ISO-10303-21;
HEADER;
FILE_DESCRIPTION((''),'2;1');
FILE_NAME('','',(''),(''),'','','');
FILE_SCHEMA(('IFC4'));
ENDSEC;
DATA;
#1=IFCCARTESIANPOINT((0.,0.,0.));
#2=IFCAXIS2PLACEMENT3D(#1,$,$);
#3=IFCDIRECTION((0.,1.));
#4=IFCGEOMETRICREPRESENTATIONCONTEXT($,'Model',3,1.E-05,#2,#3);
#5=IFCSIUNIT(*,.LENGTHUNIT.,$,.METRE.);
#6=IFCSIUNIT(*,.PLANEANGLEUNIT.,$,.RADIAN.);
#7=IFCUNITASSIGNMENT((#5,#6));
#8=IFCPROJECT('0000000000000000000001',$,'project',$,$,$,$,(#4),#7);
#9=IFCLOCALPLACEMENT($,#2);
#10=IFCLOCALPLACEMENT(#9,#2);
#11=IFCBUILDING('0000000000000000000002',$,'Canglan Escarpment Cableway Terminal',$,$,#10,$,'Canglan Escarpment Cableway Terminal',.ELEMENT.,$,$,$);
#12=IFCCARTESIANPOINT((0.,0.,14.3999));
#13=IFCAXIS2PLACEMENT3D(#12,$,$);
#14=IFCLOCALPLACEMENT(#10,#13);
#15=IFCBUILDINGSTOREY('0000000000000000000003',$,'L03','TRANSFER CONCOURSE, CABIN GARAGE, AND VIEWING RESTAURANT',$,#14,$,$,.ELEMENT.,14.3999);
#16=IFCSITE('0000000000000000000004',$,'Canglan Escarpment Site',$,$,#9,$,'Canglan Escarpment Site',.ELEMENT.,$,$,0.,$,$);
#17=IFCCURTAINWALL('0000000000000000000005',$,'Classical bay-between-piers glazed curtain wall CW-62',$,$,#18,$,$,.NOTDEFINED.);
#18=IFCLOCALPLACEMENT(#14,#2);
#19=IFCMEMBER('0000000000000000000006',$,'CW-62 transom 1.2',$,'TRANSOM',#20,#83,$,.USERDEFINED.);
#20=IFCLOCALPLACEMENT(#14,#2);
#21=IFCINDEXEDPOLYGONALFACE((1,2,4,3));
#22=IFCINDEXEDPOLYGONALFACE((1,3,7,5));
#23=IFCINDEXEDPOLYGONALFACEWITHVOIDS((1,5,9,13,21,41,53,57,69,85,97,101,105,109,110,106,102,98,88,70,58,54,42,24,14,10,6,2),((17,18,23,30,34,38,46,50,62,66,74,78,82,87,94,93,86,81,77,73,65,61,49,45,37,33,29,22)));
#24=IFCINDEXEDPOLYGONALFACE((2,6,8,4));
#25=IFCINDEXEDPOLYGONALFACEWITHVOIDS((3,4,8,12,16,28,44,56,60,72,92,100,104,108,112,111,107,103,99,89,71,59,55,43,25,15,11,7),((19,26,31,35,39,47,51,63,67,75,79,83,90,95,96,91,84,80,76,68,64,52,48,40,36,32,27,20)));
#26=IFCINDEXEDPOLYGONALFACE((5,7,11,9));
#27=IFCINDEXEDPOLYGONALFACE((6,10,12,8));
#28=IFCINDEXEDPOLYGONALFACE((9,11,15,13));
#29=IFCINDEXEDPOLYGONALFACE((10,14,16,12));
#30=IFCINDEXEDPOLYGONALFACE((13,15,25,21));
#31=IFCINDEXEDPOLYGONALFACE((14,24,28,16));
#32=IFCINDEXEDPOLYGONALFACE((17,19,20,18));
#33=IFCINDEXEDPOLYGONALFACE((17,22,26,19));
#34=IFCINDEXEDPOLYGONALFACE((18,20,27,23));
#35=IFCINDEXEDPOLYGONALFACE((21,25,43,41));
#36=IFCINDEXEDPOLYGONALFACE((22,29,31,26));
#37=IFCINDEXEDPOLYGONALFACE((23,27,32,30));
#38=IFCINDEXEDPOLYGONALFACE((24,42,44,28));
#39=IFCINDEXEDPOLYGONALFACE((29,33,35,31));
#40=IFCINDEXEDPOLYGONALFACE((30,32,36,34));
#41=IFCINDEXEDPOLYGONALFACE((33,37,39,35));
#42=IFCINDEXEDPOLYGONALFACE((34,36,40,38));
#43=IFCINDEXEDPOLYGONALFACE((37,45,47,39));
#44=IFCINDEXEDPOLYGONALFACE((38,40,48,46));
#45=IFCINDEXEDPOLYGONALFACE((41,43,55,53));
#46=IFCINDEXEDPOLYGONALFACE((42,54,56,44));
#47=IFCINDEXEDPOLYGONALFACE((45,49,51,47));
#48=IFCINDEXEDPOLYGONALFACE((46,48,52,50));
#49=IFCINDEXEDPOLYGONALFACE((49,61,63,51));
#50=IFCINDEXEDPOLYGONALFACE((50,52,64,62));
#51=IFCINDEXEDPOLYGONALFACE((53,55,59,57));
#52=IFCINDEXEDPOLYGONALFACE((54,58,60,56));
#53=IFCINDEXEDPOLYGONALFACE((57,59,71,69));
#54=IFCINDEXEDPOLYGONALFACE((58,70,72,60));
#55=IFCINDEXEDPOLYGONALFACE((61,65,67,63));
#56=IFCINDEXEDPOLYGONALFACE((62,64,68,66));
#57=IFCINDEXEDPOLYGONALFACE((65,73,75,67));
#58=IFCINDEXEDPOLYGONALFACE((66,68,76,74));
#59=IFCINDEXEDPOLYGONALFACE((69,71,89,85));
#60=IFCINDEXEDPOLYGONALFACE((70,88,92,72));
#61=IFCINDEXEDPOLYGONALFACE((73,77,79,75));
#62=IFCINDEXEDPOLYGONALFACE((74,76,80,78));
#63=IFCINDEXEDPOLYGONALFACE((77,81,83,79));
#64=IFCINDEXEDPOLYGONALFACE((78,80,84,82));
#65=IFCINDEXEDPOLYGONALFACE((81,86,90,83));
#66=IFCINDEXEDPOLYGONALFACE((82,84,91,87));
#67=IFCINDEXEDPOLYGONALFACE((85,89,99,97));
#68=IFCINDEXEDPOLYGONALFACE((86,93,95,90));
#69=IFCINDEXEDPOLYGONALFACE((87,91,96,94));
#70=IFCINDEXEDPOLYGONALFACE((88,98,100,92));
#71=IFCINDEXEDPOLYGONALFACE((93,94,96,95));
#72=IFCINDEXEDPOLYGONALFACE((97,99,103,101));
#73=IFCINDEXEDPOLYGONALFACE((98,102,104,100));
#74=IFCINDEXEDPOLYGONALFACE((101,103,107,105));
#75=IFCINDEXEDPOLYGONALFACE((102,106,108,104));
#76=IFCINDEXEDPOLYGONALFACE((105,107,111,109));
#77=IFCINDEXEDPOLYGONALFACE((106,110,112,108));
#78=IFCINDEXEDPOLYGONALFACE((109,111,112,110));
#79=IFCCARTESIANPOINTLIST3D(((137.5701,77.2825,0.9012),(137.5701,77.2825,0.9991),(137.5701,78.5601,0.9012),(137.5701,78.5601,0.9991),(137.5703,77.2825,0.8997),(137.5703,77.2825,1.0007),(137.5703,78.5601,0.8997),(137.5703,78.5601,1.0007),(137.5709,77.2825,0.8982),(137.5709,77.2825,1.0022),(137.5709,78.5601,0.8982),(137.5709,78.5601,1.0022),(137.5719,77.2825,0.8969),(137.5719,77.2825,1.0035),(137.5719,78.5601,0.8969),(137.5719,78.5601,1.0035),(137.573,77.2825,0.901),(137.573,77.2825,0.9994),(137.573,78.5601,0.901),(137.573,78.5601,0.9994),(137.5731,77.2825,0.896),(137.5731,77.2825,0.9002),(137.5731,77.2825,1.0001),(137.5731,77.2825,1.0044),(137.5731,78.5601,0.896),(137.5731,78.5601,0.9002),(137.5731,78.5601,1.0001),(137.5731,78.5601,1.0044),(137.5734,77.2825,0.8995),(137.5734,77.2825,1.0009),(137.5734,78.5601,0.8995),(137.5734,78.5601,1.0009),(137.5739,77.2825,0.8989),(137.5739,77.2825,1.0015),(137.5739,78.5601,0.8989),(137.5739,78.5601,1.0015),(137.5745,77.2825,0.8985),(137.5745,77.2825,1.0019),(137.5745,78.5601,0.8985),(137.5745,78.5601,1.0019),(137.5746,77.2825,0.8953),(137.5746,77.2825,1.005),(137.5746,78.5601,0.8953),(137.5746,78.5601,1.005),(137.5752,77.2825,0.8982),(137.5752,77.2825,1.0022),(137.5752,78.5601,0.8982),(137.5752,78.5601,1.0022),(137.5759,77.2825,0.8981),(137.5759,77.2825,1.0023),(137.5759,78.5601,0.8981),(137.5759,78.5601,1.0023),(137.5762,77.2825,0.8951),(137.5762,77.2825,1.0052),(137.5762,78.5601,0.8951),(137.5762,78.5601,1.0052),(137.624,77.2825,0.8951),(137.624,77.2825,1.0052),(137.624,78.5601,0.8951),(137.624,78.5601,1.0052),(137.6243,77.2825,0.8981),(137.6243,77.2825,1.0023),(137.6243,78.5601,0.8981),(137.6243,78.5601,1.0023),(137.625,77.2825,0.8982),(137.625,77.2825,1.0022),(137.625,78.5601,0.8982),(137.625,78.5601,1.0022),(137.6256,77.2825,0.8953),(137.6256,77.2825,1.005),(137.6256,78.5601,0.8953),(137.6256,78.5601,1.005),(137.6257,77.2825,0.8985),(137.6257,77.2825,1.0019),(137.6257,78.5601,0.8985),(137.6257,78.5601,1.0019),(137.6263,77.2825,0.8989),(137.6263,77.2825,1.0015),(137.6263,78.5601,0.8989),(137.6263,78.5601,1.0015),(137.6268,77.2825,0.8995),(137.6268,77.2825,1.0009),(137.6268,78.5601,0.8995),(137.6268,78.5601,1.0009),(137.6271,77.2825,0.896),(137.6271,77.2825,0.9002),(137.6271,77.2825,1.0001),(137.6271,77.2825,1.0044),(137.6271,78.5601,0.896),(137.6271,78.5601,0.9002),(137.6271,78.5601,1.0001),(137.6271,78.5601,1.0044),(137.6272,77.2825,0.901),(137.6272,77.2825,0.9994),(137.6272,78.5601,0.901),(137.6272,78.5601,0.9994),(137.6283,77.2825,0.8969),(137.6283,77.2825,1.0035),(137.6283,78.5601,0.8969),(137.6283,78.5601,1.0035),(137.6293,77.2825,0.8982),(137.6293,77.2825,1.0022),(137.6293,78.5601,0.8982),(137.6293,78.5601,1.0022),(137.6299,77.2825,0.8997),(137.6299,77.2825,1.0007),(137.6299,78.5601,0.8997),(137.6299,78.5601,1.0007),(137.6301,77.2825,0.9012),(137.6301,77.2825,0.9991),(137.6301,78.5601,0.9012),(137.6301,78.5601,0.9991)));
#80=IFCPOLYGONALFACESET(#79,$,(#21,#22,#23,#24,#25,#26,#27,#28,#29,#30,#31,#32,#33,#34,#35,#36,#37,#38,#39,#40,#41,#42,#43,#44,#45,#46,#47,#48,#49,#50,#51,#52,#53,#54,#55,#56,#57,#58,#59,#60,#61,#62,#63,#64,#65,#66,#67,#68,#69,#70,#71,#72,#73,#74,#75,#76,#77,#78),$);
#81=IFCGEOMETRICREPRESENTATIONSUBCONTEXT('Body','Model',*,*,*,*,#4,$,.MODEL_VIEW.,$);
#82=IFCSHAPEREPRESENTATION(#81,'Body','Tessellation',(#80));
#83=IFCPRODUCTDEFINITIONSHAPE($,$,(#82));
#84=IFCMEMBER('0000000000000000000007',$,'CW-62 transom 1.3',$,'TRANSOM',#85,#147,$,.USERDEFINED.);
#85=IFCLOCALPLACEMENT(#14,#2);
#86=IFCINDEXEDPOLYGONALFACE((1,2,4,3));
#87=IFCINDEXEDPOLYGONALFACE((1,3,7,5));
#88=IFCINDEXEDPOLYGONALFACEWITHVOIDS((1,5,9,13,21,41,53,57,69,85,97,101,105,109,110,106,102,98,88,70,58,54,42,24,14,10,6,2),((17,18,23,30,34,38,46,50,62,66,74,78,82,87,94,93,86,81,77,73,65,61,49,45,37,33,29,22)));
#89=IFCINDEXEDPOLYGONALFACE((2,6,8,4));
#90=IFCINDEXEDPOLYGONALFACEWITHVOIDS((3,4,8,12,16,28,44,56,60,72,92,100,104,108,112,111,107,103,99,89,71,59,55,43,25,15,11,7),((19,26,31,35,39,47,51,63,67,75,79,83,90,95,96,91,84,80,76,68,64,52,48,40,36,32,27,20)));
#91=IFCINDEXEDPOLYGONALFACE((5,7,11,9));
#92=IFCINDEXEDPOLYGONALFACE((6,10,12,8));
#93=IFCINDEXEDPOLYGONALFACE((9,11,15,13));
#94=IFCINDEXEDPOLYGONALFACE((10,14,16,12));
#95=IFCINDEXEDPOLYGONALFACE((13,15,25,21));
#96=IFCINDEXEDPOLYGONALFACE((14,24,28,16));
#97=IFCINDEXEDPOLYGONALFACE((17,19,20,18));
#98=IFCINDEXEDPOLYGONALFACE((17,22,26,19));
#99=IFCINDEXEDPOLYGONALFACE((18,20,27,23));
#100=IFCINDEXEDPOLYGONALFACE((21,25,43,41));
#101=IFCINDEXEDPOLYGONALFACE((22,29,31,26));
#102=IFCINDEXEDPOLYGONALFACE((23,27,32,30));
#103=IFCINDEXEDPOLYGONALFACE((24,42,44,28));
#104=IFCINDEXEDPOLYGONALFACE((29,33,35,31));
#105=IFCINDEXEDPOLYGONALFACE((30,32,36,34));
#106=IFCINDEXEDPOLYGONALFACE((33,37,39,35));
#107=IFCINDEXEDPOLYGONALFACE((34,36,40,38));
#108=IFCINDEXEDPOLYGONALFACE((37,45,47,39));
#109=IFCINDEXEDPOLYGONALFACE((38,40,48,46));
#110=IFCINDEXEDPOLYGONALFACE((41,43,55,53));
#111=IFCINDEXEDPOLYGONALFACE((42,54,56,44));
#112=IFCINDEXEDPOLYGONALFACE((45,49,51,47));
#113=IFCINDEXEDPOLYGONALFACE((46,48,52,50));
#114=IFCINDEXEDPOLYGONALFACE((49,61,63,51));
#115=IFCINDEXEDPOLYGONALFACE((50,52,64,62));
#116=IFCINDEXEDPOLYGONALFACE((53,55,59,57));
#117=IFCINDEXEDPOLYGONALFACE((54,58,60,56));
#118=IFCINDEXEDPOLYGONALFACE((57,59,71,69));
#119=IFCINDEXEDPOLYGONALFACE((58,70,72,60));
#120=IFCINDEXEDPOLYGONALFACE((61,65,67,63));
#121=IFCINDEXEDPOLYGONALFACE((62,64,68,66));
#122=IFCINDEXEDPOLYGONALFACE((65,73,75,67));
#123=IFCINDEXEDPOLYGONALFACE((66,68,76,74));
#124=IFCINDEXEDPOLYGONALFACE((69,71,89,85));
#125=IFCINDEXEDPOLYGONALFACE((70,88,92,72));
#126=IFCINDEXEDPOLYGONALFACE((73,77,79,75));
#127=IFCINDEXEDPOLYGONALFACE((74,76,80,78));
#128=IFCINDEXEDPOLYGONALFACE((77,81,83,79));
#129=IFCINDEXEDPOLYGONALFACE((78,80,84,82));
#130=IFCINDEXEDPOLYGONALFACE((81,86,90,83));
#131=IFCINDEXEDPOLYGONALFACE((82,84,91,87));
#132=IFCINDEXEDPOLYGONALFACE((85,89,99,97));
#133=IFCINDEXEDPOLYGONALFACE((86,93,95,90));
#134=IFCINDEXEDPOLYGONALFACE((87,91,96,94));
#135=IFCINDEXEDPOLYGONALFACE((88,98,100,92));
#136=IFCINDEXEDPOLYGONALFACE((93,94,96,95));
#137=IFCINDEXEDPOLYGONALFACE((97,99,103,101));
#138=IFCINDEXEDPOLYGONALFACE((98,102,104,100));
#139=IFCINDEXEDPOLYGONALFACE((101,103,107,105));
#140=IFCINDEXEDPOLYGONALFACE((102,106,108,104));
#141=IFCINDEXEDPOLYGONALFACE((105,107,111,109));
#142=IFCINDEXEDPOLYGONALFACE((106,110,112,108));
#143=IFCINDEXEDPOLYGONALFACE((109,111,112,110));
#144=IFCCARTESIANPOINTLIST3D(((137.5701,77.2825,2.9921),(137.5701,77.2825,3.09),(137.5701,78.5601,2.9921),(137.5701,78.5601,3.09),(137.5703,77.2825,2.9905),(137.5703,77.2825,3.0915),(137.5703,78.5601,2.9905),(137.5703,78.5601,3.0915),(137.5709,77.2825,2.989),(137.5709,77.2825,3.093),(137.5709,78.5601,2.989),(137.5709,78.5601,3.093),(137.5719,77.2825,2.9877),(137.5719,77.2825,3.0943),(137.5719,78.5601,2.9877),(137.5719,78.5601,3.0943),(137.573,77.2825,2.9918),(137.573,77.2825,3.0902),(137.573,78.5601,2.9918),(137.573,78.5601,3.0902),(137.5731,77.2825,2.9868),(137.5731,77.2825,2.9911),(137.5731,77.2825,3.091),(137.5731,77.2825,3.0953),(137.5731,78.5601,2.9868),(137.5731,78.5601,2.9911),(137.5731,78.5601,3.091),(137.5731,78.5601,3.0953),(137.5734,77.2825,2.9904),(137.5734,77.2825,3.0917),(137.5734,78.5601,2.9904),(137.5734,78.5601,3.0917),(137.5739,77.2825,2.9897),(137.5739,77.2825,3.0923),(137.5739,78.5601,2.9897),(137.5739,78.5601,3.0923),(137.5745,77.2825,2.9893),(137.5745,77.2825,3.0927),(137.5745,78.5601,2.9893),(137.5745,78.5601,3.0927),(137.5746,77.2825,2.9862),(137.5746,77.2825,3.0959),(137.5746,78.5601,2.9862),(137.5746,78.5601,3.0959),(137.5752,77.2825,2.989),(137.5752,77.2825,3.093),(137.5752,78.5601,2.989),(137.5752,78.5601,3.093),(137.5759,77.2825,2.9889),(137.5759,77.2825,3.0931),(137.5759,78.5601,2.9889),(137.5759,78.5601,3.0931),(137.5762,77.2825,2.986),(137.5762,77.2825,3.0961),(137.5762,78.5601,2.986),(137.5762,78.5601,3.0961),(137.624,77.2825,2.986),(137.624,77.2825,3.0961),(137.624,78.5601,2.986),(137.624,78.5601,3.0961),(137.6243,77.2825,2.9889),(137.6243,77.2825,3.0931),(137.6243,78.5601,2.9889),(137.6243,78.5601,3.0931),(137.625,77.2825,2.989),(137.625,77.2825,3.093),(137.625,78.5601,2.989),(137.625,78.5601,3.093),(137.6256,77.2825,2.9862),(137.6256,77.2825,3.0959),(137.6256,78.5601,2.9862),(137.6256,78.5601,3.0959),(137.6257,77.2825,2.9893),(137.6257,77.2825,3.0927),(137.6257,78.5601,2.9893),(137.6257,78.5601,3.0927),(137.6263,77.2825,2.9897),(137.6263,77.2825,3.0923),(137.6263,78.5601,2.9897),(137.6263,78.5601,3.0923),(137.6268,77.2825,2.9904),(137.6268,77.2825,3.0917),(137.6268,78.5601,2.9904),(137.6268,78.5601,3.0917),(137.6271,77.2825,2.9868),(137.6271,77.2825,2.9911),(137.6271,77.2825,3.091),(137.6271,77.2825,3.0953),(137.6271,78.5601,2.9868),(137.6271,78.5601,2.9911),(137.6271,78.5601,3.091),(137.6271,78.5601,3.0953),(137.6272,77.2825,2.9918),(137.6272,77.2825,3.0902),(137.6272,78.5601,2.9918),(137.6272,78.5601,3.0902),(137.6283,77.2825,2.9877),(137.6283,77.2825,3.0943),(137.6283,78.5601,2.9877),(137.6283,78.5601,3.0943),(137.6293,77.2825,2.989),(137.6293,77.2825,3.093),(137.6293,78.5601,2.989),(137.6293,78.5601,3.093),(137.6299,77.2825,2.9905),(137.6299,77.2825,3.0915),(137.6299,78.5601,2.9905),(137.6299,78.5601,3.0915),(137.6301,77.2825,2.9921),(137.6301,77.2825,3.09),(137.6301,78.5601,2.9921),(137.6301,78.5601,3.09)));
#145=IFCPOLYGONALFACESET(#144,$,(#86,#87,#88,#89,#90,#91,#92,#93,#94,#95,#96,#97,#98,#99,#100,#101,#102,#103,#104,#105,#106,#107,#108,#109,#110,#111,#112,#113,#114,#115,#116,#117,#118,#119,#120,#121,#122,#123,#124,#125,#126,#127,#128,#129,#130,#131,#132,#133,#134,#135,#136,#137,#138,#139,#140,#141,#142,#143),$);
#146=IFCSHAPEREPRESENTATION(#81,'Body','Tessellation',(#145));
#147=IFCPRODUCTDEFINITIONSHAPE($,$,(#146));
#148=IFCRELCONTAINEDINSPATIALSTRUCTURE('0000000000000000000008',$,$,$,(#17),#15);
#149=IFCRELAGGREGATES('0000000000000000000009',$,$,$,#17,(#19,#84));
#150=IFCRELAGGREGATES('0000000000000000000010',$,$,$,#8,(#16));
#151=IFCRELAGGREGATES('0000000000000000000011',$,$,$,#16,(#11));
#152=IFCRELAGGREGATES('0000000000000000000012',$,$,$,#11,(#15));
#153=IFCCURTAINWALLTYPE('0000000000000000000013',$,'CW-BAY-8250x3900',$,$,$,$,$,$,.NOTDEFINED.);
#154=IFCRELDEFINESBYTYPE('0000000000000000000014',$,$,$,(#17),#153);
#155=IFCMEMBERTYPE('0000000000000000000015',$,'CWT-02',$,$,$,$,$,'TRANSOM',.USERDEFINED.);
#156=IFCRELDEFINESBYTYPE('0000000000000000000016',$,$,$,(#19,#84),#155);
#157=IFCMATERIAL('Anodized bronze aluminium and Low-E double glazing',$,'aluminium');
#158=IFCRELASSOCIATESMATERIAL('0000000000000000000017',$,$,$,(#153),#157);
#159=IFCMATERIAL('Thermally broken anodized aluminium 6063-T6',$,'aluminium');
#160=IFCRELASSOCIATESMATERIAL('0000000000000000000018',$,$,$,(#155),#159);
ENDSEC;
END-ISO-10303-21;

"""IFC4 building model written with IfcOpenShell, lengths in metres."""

from ifc_helpers import new_model, si_unit, direction, frame, origin, origin_2d, place, context, subcontext, project, spatial, hollow_rectangle, extrude, material, material_profile, profile_set, type_object, element, aggregate, save


model = new_model("IFC4")

# Units and contexts
model_context = context("Model", 3, precision=1e-05, world=origin(), true_north=direction((0.0, 1.0)))
body_context = subcontext(model_context, "Body", "Model", "MODEL_VIEW")
ifc_project = project(units=[si_unit("LENGTHUNIT", "METRE"), si_unit("PLANEANGLEUNIT", "RADIAN")], contexts=[model_context])

# Site, building, storey
site_placement = place(None, origin())
site = spatial("IfcSite", under=ifc_project, at=site_placement, Name="Canglan Escarpment Site", LongName="Canglan Escarpment Site", CompositionType="ELEMENT", RefElevation=0.0)
building_placement = place(site_placement, origin())
building = spatial("IfcBuilding", under=site, at=building_placement, Name="Canglan Escarpment Cableway Terminal", LongName="Canglan Escarpment Cableway Terminal", CompositionType="ELEMENT")
storey_placement = place(building_placement, frame((0.0, 0.0, 14.3999)))
storey = spatial("IfcBuildingStorey", under=building, at=storey_placement, Name="L03", Description="TRANSFER CONCOURSE, CABIN GARAGE, AND VIEWING RESTAURANT", CompositionType="ELEMENT", Elevation=14.3999)

# Curtain wall, members
ifc_material_1 = material(Name="Anodized bronze aluminium and Low-E double glazing", Category="aluminium")
curtain_wall_type = type_object("IfcCurtainWallType", Name="CW-BAY-8250x3900", PredefinedType="NOTDEFINED", material=ifc_material_1)
curtain_wall_placement = place(storey_placement, origin())
curtain_wall = element("IfcCurtainWall", 1, at=curtain_wall_placement, inside=storey, type_object=curtain_wall_type, Name="Classical bay-between-piers glazed curtain wall CW-62", PredefinedType="NOTDEFINED")
ifc_material_2 = material(Name="Thermally broken anodized aluminium 6063-T6", Category="aluminium")
ifc_material_profile_1 = material_profile(ifc_material_2, hollow_rectangle(XDim=0.0601, YDim=0.1101, WallThickness=0.0029, InnerFilletRadius=0.0029, OuterFilletRadius=0.0061, at=origin_2d()), Name="ALU-TRAN 60x110x3")
ifc_profile_set_1 = profile_set([ifc_material_profile_1], Name="Thermally broken anodized aluminium 6063-T6")
member_type_1 = type_object("IfcMemberType", Name="CWT-02", ElementType="TRANSOM", PredefinedType="USERDEFINED", material=ifc_profile_set_1)
member_1_placement = place(storey_placement, frame((137.6001, 78.5601, 0.9502), z_axis=(0.0, -1.0, 0.0), x_axis=(1.0, 0.0, 0.0)))
member_1 = element("IfcMember", 2, at=member_1_placement, type_object=member_type_1, Name="CW-62 transom 1.2", ObjectType="TRANSOM", PredefinedType="USERDEFINED", context=body_context, shape_type="SweptSolid", body=[
    extrude(hollow_rectangle(XDim=0.0601, YDim=0.1101, WallThickness=0.0029, InnerFilletRadius=0.0029, OuterFilletRadius=0.0061, at=origin_2d()), origin(), (0.0, 0.0, 1.0), 1.2776),
])
member_2_placement = place(storey_placement, frame((137.6001, 78.5601, 3.041), z_axis=(0.0, -1.0, 0.0), x_axis=(1.0, 0.0, 0.0)))
member_2 = element("IfcMember", 3, at=member_2_placement, type_object=member_type_1, Name="CW-62 transom 1.3", ObjectType="TRANSOM", PredefinedType="USERDEFINED", context=body_context, shape_type="SweptSolid", body=[
    extrude(hollow_rectangle(XDim=0.0601, YDim=0.1101, WallThickness=0.0029, InnerFilletRadius=0.0029, OuterFilletRadius=0.0061, at=origin_2d()), origin(), (0.0, 0.0, 1.0), 1.2776),
])
aggregate(curtain_wall, [member_1, member_2])

save(model, "model.ifc")
